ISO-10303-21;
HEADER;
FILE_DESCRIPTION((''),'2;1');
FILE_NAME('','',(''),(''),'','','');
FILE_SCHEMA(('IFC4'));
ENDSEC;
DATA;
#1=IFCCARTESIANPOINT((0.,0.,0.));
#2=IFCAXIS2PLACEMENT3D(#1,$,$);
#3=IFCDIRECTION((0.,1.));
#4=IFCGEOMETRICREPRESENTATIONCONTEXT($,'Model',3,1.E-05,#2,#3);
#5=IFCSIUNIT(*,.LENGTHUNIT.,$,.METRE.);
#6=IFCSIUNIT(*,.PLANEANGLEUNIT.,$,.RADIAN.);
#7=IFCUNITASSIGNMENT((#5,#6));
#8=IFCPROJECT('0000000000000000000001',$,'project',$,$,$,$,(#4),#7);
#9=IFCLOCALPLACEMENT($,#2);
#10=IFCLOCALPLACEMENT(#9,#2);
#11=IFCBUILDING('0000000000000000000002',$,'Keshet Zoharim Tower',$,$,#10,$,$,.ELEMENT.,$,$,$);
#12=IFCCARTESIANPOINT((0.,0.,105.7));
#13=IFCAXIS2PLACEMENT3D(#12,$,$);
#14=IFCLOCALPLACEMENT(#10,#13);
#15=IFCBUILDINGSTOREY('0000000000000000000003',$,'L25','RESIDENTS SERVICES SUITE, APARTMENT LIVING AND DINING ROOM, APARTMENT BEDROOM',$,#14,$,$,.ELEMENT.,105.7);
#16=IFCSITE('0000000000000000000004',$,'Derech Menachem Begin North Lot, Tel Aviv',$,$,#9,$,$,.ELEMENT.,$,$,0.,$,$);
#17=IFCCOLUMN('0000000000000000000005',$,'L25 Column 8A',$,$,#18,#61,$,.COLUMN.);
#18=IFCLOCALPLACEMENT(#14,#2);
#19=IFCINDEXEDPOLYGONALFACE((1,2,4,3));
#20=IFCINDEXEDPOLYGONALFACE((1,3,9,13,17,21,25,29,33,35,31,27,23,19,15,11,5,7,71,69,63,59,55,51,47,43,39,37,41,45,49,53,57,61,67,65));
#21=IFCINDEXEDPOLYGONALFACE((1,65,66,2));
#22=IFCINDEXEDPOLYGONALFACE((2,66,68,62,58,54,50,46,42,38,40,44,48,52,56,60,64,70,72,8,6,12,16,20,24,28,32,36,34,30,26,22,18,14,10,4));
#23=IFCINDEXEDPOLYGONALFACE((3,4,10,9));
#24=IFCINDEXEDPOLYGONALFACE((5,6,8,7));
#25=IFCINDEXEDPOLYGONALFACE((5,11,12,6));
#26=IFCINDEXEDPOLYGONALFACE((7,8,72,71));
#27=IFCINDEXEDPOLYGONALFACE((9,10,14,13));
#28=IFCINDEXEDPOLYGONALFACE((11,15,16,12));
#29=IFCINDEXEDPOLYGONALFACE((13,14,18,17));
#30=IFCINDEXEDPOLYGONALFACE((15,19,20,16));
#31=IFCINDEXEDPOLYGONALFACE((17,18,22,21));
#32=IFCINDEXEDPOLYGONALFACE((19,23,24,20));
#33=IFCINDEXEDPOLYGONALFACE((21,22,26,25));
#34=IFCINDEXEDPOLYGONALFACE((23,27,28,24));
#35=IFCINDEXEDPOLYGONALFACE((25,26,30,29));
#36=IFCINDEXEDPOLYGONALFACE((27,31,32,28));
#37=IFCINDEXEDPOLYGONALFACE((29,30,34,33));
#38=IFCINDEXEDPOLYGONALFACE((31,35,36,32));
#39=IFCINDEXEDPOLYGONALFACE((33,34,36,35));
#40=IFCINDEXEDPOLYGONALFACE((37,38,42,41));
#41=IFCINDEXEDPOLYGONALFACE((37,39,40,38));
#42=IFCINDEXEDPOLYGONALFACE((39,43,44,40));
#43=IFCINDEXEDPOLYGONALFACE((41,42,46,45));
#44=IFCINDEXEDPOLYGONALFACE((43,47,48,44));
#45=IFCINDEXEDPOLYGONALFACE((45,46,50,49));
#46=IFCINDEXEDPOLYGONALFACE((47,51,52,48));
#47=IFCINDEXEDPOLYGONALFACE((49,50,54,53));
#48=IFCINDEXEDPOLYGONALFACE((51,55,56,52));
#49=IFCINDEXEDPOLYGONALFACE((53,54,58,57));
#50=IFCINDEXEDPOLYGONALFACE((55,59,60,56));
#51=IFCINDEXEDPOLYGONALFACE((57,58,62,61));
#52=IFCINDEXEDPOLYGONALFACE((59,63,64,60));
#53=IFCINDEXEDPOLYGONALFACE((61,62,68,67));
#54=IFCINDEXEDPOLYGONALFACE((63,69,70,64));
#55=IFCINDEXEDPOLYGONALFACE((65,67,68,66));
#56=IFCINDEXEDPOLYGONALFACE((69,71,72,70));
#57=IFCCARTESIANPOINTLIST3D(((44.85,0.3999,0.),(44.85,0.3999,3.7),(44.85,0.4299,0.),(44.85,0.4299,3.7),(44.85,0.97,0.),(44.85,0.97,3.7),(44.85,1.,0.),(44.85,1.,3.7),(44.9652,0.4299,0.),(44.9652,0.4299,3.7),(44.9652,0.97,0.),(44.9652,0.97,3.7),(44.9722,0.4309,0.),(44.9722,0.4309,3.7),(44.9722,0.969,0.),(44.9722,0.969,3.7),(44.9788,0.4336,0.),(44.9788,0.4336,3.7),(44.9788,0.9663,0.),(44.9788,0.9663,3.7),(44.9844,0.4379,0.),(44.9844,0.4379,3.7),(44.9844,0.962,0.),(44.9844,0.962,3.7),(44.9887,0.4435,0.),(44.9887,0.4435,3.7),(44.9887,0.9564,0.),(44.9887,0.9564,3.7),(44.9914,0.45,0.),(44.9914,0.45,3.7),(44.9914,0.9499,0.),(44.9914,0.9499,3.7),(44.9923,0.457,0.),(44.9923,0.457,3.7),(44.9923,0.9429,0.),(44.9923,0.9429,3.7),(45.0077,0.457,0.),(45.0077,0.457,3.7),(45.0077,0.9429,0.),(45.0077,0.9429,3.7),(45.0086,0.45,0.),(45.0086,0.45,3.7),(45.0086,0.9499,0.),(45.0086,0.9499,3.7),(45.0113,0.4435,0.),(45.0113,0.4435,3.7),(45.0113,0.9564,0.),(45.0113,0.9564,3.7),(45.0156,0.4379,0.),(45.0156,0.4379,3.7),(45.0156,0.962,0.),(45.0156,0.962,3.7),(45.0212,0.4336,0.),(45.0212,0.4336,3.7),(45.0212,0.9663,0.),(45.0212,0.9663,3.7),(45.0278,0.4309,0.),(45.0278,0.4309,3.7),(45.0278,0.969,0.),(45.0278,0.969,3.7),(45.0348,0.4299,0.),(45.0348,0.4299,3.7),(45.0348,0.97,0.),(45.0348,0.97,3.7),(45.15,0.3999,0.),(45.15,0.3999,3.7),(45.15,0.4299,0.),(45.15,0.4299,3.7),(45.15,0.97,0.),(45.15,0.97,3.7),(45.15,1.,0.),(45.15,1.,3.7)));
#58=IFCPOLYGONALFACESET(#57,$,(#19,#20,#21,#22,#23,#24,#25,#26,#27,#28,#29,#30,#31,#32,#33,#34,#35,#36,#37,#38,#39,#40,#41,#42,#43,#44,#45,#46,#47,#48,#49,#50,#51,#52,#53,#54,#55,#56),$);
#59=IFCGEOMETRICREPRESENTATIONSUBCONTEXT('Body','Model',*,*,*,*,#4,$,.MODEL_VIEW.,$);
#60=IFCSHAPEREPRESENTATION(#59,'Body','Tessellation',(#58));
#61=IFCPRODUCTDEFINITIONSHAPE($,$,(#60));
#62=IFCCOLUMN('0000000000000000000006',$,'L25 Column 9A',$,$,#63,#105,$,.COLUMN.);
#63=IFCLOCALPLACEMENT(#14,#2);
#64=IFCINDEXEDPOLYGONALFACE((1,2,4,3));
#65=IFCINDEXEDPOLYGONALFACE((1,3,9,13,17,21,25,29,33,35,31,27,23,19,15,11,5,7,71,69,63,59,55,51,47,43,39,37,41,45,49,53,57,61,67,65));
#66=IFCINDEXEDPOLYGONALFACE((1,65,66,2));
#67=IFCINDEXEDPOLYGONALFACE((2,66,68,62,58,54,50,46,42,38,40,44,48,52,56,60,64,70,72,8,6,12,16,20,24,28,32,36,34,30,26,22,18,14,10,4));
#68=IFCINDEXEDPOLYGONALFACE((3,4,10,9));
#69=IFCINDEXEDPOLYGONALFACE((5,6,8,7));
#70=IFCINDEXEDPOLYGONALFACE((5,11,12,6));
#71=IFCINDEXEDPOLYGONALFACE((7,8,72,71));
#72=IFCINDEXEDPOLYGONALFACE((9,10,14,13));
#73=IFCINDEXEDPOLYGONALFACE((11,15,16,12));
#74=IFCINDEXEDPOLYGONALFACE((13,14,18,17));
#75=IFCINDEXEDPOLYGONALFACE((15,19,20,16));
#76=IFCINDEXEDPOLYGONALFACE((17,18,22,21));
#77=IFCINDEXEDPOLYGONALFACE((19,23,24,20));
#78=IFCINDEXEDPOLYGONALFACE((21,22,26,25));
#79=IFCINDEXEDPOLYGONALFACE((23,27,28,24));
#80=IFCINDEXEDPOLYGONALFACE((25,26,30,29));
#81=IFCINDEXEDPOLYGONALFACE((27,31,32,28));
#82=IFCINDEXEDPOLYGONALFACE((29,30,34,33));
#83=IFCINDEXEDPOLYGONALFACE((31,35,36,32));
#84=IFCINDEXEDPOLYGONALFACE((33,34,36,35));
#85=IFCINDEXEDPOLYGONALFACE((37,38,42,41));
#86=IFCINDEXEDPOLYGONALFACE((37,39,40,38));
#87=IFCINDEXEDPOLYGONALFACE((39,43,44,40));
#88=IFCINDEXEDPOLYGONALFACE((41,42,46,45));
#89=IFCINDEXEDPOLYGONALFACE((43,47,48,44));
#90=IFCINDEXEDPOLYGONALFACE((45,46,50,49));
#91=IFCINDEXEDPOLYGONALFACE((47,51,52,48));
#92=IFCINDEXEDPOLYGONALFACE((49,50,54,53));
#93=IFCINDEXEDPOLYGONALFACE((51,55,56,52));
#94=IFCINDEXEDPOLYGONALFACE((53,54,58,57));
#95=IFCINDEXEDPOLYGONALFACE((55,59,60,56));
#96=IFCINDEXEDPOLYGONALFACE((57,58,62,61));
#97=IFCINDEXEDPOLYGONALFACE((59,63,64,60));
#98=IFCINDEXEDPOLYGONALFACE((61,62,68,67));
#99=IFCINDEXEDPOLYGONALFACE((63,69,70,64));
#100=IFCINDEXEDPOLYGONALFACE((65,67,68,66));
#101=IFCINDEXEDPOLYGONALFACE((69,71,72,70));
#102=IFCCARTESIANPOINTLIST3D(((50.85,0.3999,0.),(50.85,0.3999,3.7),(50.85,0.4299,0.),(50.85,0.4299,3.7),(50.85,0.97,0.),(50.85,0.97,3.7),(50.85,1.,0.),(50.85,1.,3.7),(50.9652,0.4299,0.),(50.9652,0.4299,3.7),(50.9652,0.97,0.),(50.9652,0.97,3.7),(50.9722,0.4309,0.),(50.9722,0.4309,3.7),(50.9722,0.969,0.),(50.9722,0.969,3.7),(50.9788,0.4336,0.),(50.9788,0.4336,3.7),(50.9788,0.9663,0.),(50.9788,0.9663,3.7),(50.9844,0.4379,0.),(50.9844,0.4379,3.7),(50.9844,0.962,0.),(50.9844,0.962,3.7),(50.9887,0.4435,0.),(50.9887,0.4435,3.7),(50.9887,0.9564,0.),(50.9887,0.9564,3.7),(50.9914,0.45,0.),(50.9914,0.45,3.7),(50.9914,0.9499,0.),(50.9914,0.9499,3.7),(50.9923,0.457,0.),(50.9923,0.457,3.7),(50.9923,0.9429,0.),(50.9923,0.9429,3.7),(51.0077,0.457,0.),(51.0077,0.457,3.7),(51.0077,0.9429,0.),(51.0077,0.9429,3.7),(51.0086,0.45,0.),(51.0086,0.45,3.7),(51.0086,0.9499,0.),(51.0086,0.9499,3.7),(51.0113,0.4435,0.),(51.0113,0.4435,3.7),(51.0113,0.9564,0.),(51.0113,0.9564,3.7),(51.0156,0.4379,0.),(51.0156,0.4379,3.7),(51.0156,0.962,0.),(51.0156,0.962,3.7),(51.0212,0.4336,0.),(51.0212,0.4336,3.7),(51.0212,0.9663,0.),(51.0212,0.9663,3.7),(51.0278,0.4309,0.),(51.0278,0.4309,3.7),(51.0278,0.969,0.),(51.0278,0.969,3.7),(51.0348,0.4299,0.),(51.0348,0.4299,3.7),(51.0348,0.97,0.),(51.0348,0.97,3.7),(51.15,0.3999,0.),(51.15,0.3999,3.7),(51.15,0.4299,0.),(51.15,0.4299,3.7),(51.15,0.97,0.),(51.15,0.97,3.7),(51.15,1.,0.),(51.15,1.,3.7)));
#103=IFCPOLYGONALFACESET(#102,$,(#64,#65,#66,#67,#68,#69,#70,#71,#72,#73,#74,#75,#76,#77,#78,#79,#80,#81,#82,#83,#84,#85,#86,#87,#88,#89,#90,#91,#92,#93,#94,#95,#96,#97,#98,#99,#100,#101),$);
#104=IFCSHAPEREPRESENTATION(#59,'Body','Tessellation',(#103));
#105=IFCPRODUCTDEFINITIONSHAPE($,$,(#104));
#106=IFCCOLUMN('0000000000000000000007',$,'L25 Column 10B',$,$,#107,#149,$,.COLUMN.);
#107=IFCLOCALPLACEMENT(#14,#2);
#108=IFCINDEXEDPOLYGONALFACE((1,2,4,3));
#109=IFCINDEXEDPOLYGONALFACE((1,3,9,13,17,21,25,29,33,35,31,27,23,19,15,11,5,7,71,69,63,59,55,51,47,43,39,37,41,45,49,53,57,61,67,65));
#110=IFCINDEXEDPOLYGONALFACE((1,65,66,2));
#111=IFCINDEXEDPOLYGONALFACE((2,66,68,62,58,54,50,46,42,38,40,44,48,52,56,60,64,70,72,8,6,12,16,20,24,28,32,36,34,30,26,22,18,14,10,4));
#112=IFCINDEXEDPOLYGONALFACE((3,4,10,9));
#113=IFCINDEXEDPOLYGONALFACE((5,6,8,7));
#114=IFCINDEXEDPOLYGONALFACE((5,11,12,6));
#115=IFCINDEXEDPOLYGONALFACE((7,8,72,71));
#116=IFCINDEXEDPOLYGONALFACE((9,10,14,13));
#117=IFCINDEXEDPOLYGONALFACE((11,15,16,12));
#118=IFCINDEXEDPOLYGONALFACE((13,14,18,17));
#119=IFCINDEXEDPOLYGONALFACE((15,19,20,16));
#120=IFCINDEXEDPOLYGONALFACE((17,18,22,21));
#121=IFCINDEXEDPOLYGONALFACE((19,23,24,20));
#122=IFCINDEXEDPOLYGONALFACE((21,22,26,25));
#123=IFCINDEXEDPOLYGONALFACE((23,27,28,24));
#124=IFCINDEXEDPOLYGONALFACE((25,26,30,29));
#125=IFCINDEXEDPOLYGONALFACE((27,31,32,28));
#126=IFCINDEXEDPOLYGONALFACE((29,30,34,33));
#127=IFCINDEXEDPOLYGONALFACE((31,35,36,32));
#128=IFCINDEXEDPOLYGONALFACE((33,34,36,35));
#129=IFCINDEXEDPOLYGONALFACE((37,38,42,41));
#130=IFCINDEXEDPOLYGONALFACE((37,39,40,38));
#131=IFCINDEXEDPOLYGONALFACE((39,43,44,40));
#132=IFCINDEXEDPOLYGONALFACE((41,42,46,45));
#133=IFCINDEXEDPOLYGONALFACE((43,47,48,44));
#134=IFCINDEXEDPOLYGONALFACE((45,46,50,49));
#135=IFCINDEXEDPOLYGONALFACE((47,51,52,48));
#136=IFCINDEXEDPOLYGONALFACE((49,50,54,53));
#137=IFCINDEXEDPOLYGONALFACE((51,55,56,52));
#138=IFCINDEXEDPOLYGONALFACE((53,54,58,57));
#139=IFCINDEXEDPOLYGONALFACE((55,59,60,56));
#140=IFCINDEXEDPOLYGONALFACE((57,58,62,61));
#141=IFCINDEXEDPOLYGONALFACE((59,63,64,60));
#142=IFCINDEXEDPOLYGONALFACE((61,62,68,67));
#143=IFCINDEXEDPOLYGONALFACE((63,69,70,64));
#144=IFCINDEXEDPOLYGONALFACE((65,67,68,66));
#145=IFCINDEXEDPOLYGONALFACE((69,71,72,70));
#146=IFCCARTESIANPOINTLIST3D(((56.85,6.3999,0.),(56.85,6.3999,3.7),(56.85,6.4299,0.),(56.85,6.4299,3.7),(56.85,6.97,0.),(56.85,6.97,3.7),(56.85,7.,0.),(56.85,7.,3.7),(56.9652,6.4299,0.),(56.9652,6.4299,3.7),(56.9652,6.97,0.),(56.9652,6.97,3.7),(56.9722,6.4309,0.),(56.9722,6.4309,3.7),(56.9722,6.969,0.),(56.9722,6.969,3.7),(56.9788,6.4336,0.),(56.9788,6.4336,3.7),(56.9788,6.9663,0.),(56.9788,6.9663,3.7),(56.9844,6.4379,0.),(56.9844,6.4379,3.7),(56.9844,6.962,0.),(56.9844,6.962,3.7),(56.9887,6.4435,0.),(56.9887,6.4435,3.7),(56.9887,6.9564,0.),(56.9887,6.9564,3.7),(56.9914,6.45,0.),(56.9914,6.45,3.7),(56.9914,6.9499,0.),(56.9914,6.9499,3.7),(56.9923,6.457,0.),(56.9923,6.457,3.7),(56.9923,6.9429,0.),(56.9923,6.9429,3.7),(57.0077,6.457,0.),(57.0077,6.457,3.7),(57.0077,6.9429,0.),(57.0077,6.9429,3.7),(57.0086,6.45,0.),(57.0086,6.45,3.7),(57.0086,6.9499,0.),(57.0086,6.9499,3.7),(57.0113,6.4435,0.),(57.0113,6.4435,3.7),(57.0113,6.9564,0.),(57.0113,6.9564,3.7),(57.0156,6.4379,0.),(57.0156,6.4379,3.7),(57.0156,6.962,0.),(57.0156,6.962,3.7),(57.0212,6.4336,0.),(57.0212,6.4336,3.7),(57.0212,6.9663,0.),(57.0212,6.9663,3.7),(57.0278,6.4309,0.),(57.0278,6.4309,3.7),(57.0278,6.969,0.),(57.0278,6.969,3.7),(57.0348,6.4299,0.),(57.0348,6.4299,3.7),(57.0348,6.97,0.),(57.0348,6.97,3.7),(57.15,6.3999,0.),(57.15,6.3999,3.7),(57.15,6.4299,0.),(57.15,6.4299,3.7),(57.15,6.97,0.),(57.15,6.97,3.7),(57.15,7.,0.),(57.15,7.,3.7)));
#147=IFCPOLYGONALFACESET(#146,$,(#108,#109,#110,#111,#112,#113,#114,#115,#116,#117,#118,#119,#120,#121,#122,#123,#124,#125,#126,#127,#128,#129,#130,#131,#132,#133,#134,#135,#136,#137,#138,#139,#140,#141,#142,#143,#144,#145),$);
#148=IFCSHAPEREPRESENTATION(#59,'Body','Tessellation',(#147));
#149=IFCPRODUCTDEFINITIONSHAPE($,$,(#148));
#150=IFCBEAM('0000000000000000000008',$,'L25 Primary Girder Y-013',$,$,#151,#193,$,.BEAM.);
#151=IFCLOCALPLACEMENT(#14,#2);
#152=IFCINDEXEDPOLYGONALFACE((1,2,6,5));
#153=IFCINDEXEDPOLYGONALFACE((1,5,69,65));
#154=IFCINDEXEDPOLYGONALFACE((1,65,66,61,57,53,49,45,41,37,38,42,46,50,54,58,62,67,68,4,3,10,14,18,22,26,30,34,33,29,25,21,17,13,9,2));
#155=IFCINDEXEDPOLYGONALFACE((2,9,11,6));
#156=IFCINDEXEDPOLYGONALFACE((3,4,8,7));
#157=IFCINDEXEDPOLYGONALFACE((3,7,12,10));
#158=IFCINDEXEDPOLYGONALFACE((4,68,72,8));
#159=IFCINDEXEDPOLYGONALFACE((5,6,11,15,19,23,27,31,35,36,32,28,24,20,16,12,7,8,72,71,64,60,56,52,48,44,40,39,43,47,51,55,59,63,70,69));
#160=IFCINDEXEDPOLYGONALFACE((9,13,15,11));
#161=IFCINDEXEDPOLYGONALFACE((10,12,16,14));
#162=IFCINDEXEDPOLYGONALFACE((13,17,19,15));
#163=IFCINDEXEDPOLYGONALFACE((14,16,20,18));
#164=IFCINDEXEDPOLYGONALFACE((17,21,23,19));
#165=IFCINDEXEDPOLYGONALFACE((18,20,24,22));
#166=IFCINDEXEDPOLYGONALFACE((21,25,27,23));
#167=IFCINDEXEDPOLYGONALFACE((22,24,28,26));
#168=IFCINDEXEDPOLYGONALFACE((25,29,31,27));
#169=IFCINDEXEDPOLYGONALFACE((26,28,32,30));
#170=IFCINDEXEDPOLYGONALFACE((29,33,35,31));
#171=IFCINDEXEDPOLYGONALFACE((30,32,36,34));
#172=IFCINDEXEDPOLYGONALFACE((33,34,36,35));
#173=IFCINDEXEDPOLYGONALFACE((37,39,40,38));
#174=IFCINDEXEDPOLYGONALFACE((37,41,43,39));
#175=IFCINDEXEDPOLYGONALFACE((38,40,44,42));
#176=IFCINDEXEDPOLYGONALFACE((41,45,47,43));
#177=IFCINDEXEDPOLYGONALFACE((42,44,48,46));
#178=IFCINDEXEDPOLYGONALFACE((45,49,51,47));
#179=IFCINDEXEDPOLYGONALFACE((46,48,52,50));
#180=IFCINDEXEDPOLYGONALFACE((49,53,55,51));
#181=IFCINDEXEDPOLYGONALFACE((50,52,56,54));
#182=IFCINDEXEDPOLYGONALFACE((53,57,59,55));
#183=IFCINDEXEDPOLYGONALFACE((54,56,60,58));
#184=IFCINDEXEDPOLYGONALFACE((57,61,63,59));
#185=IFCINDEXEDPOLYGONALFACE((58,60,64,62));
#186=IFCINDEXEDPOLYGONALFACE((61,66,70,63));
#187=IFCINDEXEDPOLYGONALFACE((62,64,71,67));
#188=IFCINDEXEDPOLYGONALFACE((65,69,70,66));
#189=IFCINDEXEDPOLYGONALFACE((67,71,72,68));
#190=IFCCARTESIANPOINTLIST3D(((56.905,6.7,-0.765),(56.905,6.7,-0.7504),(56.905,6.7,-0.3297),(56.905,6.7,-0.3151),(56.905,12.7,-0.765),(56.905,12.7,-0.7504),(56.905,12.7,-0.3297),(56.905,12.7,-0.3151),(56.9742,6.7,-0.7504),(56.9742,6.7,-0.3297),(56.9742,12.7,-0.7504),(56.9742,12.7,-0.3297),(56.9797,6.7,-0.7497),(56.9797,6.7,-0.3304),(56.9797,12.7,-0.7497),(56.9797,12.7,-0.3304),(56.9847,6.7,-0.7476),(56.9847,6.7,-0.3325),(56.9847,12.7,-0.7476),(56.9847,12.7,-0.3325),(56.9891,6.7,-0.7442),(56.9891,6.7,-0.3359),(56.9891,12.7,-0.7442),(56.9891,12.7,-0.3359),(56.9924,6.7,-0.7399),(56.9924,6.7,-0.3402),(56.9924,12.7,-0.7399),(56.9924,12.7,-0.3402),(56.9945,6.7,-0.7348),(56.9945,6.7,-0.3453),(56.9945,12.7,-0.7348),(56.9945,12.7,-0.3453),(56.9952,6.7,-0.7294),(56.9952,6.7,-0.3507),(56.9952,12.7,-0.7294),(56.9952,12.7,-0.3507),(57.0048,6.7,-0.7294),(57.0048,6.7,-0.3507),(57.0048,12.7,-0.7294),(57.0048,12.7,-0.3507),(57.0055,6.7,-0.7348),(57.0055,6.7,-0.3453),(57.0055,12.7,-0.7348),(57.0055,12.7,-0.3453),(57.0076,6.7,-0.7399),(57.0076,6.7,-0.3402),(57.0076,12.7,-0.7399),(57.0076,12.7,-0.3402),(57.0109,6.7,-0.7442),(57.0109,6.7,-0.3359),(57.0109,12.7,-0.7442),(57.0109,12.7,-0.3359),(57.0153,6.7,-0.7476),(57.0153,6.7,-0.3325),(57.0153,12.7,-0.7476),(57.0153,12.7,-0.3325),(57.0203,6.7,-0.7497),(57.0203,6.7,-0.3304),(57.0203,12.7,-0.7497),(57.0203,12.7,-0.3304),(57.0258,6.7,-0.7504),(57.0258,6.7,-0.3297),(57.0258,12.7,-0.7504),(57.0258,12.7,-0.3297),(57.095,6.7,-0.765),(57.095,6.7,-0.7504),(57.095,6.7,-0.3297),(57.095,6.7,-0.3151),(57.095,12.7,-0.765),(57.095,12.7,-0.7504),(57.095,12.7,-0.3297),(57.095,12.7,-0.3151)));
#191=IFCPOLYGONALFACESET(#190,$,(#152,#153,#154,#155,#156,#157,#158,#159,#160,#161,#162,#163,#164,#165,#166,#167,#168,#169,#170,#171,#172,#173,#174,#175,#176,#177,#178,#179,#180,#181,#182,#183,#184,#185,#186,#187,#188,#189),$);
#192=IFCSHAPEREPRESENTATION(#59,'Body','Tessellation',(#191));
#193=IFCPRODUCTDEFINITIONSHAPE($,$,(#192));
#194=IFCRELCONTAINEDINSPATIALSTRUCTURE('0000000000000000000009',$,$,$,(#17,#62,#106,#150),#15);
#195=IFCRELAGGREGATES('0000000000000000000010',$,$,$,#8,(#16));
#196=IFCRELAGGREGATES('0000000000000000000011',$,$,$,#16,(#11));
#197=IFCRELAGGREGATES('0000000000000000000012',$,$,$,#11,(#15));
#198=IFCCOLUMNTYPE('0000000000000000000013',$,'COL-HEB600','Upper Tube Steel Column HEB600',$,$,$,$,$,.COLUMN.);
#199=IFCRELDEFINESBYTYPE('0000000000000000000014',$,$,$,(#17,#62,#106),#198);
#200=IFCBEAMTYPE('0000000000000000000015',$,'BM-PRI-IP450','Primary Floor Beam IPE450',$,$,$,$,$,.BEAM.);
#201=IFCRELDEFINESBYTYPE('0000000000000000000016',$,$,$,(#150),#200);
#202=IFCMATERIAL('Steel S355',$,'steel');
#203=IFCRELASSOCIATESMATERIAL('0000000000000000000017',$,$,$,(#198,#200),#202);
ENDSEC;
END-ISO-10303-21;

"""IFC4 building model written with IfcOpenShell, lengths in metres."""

from ifc_helpers import new_model, si_unit, direction, frame, origin, origin_2d, place, context, subcontext, project, spatial, i_section, extrude, material, material_profile, profile_set, type_object, element, save


model = new_model("IFC4")

# Units and contexts
model_context = context("Model", 3, precision=1e-05, world=origin(), true_north=direction((0.0, 1.0)))
body_context = subcontext(model_context, "Body", "Model", "MODEL_VIEW")
ifc_project = project(units=[si_unit("LENGTHUNIT", "METRE"), si_unit("PLANEANGLEUNIT", "RADIAN")], contexts=[model_context])

# Site, building, storey
site_placement = place(None, origin())
site = spatial("IfcSite", under=ifc_project, at=site_placement, Name="Derech Menachem Begin North Lot, Tel Aviv", CompositionType="ELEMENT", RefElevation=0.0)
building_placement = place(site_placement, origin())
building = spatial("IfcBuilding", under=site, at=building_placement, Name="Keshet Zoharim Tower", CompositionType="ELEMENT")
storey_placement = place(building_placement, frame((0.0, 0.0, 105.7)))
storey = spatial("IfcBuildingStorey", under=building, at=storey_placement, Name="L25", Description="RESIDENTS SERVICES SUITE, APARTMENT LIVING AND DINING ROOM, APARTMENT BEDROOM", CompositionType="ELEMENT", Elevation=105.7)

# Columns
ifc_material_1 = material(Name="Steel S355", Category="steel")
ifc_material_profile_1 = material_profile(ifc_material_1, i_section(OverallWidth=0.3, OverallDepth=0.6001, WebThickness=0.0154, FlangeThickness=0.03, FilletRadius=0.0271, at=origin_2d()), Name="HEB600")
ifc_profile_set_1 = profile_set([ifc_material_profile_1], Name="Steel S355")
column_type = type_object("IfcColumnType", Name="COL-HEB600", Description="Upper Tube Steel Column HEB600", PredefinedType="COLUMN", material=ifc_profile_set_1)
for number, where, z_axis, x_axis, name in (
    (1, (45.0, 0.7, 0.0), (0.0, 0.0, 1.0), (1.0, 0.0, 0.0), "L25 Column 8A"),
    (2, (51.0, 0.7, 0.0), (0.0, 0.0, 1.0), (1.0, 0.0, 0.0), "L25 Column 9A"),
    (3, (57.0, 6.7, 0.0), (0.0, 0.0, 1.0), (1.0, 0.0, 0.0), "L25 Column 10B"),
):
    element("IfcColumn", number, at=place(storey_placement, frame(where, z_axis=z_axis, x_axis=x_axis)), inside=storey, type_object=column_type, Name=name, PredefinedType="COLUMN", context=body_context, shape_type="SweptSolid", body=[
        extrude(i_section(OverallWidth=0.3, OverallDepth=0.6001, WebThickness=0.0154, FlangeThickness=0.03, FilletRadius=0.0271, at=origin_2d()), origin(), (0.0, 0.0, 1.0), 3.7),
    ])

# Beam
ifc_material_profile_2 = material_profile(ifc_material_1, i_section(OverallWidth=0.1899, OverallDepth=0.45, WebThickness=0.0095, FlangeThickness=0.0146, FilletRadius=0.021, at=origin_2d()), Name="IPE450")
ifc_profile_set_2 = profile_set([ifc_material_profile_2], Name="Steel S355")
beam_type_1 = type_object("IfcBeamType", Name="BM-PRI-IP450", Description="Primary Floor Beam IPE450", PredefinedType="BEAM", material=ifc_profile_set_2)
beam_1_placement = place(storey_placement, frame((57.0, 6.7, -0.54), z_axis=(0.0, 1.0, 0.0), x_axis=(-1.0, 0.0, 0.0)))
element("IfcBeam", 4, at=beam_1_placement, inside=storey, type_object=beam_type_1, Name="L25 Primary Girder Y-013", PredefinedType="BEAM", context=body_context, shape_type="SweptSolid", body=[
    extrude(i_section(OverallWidth=0.1899, OverallDepth=0.45, WebThickness=0.0095, FlangeThickness=0.0146, FilletRadius=0.021, at=origin_2d()), origin(), (0.0, 0.0, 1.0), 6.0),
])

save(model, "model.ifc")
